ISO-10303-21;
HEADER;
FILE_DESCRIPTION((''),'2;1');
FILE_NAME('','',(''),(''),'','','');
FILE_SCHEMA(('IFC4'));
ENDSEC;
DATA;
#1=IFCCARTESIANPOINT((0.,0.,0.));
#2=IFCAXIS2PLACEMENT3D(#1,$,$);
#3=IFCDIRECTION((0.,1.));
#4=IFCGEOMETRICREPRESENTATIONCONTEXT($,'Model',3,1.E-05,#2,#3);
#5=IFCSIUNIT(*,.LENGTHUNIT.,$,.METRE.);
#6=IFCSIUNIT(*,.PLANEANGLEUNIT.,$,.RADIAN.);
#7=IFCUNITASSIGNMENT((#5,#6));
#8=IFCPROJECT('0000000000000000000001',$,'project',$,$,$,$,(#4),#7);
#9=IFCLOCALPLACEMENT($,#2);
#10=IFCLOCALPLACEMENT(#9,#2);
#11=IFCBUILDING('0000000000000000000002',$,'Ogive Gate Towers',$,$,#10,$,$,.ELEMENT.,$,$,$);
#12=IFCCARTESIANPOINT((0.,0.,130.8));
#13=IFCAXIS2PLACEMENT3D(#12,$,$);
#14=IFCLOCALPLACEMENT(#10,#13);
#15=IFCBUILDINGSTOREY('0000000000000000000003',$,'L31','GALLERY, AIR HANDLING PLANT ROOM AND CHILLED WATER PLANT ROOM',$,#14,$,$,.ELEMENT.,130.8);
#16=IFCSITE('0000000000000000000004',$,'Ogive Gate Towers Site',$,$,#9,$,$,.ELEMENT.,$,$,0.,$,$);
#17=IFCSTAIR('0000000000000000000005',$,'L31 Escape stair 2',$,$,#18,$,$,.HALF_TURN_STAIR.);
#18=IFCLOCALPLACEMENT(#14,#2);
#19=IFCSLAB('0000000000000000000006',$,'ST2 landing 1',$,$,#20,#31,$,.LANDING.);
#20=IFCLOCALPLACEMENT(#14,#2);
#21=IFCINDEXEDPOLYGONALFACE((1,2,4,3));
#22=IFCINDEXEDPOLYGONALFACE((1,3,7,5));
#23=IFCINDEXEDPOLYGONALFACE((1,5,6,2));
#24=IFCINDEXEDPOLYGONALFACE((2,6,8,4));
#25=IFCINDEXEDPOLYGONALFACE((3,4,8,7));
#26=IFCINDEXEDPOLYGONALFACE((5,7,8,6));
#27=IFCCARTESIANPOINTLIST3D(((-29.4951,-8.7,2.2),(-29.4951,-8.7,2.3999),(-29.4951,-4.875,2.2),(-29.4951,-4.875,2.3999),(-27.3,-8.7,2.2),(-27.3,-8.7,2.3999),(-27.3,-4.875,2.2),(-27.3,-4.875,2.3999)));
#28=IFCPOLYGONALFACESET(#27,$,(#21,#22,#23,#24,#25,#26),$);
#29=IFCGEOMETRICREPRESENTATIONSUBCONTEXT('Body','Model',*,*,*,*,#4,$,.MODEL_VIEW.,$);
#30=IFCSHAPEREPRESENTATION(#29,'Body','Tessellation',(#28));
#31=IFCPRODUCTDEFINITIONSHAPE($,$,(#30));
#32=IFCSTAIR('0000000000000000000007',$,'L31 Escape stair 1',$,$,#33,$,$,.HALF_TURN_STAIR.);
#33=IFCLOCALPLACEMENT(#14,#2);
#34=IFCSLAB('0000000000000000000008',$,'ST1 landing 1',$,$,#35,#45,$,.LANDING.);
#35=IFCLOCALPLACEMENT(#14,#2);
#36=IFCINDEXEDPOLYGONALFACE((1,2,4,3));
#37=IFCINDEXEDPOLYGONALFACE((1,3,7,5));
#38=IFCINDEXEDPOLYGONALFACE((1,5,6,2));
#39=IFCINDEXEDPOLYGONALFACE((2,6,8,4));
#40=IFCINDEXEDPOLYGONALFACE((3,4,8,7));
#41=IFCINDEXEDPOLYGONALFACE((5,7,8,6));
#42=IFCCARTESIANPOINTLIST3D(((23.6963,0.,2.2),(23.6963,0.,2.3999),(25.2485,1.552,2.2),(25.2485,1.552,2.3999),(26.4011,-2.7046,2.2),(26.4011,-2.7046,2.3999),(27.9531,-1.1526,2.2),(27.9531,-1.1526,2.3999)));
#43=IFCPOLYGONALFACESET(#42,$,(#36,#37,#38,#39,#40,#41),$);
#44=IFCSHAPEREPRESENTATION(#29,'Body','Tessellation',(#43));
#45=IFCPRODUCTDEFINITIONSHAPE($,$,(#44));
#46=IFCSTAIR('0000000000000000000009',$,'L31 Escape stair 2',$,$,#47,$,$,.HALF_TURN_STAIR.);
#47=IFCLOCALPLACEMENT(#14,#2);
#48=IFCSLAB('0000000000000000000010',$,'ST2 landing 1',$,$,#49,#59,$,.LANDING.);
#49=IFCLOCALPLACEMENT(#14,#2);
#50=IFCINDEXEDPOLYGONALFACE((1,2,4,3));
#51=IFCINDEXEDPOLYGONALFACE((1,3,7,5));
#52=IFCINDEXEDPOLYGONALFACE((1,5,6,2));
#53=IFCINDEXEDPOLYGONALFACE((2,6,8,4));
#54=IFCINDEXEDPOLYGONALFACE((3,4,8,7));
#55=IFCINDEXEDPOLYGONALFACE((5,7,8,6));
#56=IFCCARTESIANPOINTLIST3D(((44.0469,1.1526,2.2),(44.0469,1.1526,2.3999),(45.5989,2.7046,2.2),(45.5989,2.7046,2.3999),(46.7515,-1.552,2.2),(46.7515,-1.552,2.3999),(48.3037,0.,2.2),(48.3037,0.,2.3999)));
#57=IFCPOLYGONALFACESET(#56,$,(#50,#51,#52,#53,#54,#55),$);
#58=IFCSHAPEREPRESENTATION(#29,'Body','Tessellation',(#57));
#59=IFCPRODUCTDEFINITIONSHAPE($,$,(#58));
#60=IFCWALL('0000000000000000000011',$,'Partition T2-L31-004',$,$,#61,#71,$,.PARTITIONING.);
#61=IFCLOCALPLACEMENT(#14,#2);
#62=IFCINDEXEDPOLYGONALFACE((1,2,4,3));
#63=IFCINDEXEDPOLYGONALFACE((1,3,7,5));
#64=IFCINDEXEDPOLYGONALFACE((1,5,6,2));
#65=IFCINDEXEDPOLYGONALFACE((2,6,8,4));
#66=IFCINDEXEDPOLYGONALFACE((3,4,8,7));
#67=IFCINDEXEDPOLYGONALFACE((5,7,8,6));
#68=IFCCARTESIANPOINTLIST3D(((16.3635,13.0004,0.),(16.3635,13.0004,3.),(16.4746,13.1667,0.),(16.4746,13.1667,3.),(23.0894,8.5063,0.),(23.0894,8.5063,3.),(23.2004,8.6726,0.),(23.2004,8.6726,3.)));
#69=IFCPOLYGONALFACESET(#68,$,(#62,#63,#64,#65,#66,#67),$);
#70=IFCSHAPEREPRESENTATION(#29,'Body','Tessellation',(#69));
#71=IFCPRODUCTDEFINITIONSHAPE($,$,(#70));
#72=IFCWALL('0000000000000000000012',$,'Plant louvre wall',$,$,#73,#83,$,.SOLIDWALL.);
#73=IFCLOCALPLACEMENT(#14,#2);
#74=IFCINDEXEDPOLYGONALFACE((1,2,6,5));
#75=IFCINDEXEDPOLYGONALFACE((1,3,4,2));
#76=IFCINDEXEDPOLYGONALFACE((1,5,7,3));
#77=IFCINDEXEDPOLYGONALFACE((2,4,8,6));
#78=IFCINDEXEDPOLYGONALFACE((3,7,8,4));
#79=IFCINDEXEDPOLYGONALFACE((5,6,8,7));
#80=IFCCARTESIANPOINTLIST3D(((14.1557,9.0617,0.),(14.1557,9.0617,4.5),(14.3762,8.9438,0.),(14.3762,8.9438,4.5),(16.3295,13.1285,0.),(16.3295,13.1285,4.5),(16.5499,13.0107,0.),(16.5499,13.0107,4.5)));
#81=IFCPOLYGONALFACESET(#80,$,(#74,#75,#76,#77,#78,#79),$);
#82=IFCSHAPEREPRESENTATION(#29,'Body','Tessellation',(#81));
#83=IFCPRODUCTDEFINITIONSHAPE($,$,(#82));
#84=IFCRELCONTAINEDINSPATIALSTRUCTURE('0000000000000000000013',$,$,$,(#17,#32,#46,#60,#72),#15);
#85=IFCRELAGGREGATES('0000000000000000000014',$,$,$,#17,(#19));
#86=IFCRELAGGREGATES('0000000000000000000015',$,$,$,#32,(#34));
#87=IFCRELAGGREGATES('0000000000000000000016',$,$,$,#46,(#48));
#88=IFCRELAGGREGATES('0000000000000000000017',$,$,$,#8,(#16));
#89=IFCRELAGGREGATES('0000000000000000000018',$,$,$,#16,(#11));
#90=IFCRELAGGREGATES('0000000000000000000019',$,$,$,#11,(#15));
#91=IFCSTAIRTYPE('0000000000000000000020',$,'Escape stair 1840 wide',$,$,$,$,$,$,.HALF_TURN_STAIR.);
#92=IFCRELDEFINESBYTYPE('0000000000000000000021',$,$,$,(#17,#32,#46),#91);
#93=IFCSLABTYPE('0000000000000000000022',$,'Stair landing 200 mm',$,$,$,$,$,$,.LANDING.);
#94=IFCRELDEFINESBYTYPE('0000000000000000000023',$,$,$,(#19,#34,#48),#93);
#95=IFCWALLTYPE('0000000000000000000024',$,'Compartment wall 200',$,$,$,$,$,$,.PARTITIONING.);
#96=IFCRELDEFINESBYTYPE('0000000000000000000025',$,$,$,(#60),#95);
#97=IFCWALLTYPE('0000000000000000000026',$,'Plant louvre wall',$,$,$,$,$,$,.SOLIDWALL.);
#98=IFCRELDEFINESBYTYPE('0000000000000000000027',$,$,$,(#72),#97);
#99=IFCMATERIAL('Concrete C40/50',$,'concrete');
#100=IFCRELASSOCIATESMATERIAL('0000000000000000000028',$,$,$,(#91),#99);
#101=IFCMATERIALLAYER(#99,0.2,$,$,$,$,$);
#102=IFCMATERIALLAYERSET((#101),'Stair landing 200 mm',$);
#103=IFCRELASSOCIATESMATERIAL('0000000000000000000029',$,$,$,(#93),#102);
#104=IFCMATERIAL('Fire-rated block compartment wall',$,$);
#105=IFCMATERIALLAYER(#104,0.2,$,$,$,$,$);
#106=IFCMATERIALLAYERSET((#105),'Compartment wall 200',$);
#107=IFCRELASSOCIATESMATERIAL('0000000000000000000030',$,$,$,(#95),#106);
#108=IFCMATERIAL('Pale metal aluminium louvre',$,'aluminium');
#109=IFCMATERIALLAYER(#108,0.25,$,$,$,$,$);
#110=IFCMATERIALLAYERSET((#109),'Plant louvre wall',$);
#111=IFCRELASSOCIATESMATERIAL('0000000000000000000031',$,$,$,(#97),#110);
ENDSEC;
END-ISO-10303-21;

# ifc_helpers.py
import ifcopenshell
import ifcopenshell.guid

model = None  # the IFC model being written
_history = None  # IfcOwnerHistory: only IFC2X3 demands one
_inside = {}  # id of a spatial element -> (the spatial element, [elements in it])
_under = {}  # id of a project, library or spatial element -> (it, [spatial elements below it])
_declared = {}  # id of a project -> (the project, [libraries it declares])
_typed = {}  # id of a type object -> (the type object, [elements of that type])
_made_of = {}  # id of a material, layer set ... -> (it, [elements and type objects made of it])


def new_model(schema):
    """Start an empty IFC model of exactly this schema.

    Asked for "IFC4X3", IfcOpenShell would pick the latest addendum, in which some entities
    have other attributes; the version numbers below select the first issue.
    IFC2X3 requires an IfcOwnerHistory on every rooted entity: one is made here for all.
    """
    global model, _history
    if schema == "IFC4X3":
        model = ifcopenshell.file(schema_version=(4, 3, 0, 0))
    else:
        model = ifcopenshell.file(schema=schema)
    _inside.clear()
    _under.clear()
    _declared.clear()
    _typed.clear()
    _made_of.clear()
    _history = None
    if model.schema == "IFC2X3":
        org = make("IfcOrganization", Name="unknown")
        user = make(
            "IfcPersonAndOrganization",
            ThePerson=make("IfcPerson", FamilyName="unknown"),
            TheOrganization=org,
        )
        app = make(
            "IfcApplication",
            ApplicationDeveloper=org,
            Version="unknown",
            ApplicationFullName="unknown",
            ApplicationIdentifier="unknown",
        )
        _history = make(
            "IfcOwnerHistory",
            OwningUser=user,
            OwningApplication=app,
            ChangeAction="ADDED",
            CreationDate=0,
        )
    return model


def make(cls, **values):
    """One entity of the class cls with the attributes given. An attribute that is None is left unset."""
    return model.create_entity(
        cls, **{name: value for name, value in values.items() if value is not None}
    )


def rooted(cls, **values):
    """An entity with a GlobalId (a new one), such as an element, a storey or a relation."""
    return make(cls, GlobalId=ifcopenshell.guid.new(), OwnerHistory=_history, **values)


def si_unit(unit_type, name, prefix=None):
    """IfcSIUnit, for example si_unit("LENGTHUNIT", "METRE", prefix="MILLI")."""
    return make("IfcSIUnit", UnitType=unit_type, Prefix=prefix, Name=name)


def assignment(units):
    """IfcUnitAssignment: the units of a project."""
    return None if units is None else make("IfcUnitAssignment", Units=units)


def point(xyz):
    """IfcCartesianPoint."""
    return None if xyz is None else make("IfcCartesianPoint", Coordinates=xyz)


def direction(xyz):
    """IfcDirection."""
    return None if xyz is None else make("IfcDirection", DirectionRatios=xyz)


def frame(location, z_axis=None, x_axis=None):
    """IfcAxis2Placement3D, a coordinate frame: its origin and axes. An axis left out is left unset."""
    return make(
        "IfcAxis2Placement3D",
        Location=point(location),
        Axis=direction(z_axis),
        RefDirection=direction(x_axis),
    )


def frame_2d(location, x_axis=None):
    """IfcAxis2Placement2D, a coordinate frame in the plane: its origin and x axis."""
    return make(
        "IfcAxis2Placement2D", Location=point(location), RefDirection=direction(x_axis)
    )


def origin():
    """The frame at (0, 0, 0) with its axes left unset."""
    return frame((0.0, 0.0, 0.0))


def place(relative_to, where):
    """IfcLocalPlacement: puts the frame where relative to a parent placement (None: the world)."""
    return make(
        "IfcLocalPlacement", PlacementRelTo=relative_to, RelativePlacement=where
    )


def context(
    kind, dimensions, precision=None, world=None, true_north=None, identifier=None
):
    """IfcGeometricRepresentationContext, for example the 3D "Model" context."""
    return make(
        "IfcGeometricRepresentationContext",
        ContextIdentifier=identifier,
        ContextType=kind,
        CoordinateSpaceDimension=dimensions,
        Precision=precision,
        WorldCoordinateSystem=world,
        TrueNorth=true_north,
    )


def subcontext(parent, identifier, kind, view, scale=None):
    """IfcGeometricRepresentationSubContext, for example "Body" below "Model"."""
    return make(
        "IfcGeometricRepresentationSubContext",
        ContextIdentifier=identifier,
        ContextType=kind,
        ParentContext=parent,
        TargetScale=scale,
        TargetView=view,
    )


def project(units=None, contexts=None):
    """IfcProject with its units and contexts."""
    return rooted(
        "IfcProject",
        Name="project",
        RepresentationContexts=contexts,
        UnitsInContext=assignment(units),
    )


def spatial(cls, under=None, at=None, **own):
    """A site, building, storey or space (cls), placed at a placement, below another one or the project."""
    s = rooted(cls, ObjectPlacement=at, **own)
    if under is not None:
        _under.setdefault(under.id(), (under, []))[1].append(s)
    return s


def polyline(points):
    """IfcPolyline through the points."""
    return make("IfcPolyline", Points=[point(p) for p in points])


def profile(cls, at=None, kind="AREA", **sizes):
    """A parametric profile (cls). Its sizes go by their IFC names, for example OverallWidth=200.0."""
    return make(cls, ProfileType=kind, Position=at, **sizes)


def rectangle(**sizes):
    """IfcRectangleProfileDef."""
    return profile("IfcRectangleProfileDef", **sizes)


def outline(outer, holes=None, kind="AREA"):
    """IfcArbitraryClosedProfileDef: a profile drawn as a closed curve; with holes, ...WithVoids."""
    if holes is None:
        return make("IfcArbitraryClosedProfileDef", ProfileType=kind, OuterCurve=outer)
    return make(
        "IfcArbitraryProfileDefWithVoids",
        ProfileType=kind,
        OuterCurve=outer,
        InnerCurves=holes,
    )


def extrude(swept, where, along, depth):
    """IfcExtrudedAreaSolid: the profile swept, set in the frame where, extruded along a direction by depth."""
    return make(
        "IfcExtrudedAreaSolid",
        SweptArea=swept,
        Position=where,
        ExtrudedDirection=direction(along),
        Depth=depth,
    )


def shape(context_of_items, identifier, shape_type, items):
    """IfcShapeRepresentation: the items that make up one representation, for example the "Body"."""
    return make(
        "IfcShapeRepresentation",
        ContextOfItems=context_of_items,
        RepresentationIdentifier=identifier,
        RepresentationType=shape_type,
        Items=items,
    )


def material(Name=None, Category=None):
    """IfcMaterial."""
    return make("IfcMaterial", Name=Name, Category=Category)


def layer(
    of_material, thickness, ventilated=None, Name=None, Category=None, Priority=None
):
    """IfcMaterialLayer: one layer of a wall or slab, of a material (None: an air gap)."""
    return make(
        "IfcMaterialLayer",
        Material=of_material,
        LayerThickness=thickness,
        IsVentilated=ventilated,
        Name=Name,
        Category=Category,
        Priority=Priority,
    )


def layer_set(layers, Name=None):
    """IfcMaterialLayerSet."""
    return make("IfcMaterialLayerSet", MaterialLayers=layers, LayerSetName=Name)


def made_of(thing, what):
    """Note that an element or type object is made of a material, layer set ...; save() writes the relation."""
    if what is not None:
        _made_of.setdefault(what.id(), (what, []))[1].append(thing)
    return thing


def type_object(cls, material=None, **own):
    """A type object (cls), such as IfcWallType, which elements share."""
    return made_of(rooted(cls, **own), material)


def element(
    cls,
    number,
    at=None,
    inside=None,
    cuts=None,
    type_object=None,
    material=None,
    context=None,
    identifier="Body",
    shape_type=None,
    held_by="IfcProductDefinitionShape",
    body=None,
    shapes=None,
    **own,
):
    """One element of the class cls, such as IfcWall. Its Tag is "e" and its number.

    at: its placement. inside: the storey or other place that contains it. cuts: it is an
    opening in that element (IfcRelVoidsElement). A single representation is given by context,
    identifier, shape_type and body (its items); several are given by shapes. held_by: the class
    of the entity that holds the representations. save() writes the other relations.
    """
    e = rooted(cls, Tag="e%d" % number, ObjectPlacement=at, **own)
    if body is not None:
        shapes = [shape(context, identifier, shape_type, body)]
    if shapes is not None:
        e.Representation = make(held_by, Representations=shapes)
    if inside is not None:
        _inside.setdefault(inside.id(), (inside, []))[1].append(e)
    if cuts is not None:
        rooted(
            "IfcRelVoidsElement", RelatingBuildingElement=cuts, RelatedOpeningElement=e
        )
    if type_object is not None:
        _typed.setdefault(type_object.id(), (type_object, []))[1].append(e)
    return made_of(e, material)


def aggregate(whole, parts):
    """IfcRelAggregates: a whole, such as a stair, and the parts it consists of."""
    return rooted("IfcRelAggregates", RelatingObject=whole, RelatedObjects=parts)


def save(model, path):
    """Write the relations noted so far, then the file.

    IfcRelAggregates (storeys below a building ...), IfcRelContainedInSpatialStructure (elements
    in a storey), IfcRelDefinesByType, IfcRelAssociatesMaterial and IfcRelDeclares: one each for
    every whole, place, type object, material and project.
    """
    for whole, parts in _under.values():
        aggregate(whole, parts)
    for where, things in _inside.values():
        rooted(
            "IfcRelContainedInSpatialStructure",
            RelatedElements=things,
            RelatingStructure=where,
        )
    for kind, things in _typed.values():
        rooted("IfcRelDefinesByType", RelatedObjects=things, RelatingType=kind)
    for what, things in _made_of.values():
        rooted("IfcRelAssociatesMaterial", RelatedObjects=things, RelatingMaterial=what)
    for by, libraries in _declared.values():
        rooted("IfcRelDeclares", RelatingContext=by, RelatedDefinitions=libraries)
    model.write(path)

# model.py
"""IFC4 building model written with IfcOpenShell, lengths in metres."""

from ifc_helpers import new_model, si_unit, direction, frame, frame_2d, origin, place, context, subcontext, project, spatial, polyline, rectangle, outline, extrude, material, layer, layer_set, type_object, element, aggregate, save


model = new_model("IFC4")

# Units and contexts
model_context = context("Model", 3, precision=1e-05, world=origin(), true_north=direction((0.0, 1.0)))
body_context = subcontext(model_context, "Body", "Model", "MODEL_VIEW")
ifc_project = project(units=[si_unit("LENGTHUNIT", "METRE"), si_unit("PLANEANGLEUNIT", "RADIAN")], contexts=[model_context])

# Site, building, storey
site_placement = place(None, origin())
site = spatial("IfcSite", under=ifc_project, at=site_placement, Name="Ogive Gate Towers Site", CompositionType="ELEMENT", RefElevation=0.0)
building_placement = place(site_placement, origin())
building = spatial("IfcBuilding", under=site, at=building_placement, Name="Ogive Gate Towers", CompositionType="ELEMENT")
storey_placement = place(building_placement, frame((0.0, 0.0, 130.8)))
storey = spatial("IfcBuildingStorey", under=building, at=storey_placement, Name="L31", Description="GALLERY, AIR HANDLING PLANT ROOM AND CHILLED WATER PLANT ROOM", CompositionType="ELEMENT", Elevation=130.8)

# Stairs, slabs
ifc_material_1 = material(Name="Concrete C40/50", Category="concrete")
stair_type = type_object("IfcStairType", Name="Escape stair 1840 wide", PredefinedType="HALF_TURN_STAIR", material=ifc_material_1)
ifc_layer_1 = layer(ifc_material_1, 0.2)
ifc_layer_set_1 = layer_set([ifc_layer_1], Name="Stair landing 200 mm")
slab_type = type_object("IfcSlabType", Name="Stair landing 200 mm", PredefinedType="LANDING", material=ifc_layer_set_1)
stair_1_placement = place(storey_placement, origin())
stair_1 = element("IfcStair", 1, at=stair_1_placement, inside=storey, type_object=stair_type, Name="L31 Escape stair 2", PredefinedType="HALF_TURN_STAIR")
slab_1_placement = place(storey_placement, frame((0.0, 0.0, 2.2)))
slab_1 = element("IfcSlab", 2, at=slab_1_placement, type_object=slab_type, Name="ST2 landing 1", PredefinedType="LANDING", context=body_context, shape_type="SweptSolid", body=[
    extrude(outline(polyline([(-29.4951, -8.7), (-27.3, -8.7), (-27.3, -4.875), (-29.4951, -4.875), (-29.4951, -8.7)])), origin(), (0.0, 0.0, 1.0), 0.2),
])
aggregate(stair_1, [slab_1])
stair_2_placement = place(storey_placement, origin())
stair_2 = element("IfcStair", 3, at=stair_2_placement, inside=storey, type_object=stair_type, Name="L31 Escape stair 1", PredefinedType="HALF_TURN_STAIR")
slab_2_placement = place(storey_placement, frame((0.0, 0.0, 2.2)))
slab_2 = element("IfcSlab", 4, at=slab_2_placement, type_object=slab_type, Name="ST1 landing 1", PredefinedType="LANDING", context=body_context, shape_type="SweptSolid", body=[
    extrude(outline(polyline([(25.2485, 1.552), (23.6963, 0.0), (26.4011, -2.7046), (27.9531, -1.1526), (25.2485, 1.552)])), origin(), (0.0, 0.0, 1.0), 0.2),
])
aggregate(stair_2, [slab_2])
stair_3_placement = place(storey_placement, origin())
stair_3 = element("IfcStair", 5, at=stair_3_placement, inside=storey, type_object=stair_type, Name="L31 Escape stair 2", PredefinedType="HALF_TURN_STAIR")
slab_3_placement = place(storey_placement, frame((0.0, 0.0, 2.2)))
slab_3 = element("IfcSlab", 6, at=slab_3_placement, type_object=slab_type, Name="ST2 landing 1", PredefinedType="LANDING", context=body_context, shape_type="SweptSolid", body=[
    extrude(outline(polyline([(46.7515, -1.552), (48.3037, 0.0), (45.5989, 2.7046), (44.0469, 1.1526), (46.7515, -1.552)])), origin(), (0.0, 0.0, 1.0), 0.2),
])
aggregate(stair_3, [slab_3])

# Walls
ifc_material_2 = material(Name="Fire-rated block compartment wall")
ifc_layer_2 = layer(ifc_material_2, 0.2)
ifc_layer_set_2 = layer_set([ifc_layer_2], Name="Compartment wall 200")
wall_type_1 = type_object("IfcWallType", Name="Compartment wall 200", PredefinedType="PARTITIONING", material=ifc_layer_set_2)
wall_1_placement = place(storey_placement, frame((16.4192, 13.0835, 0.0), z_axis=(0.0, 0.0, 1.0), x_axis=(0.831465, -0.555577, 0.0)))
element("IfcWall", 7, at=wall_1_placement, inside=storey, type_object=wall_type_1, Name="Partition T2-L31-004", PredefinedType="PARTITIONING", context=body_context, shape_type="SweptSolid", body=[
    extrude(rectangle(XDim=8.0891, YDim=0.2, at=frame_2d((4.0444, 0.0))), origin(), (0.0, 0.0, 1.0), 3.0),
])
ifc_material_3 = material(Name="Pale metal aluminium louvre", Category="aluminium")
ifc_layer_3 = layer(ifc_material_3, 0.25)
ifc_layer_set_3 = layer_set([ifc_layer_3], Name="Plant louvre wall")
wall_type_2 = type_object("IfcWallType", Name="Plant louvre wall", PredefinedType="SOLIDWALL", material=ifc_layer_set_3)
wall_2_placement = place(storey_placement, frame((16.4397, 13.0696, 0.0), z_axis=(0.0, 0.0, 1.0), x_axis=(-0.471401, -0.881919, 0.0)))
element("IfcWall", 8, at=wall_2_placement, inside=storey, type_object=wall_type_2, Name="Plant louvre wall", PredefinedType="SOLIDWALL", context=body_context, shape_type="SweptSolid", body=[
    extrude(rectangle(XDim=4.6113, YDim=0.25, at=frame_2d((2.3057, 0.0))), origin(), (0.0, 0.0, 1.0), 4.5),
])

save(model, "model.ifc")
